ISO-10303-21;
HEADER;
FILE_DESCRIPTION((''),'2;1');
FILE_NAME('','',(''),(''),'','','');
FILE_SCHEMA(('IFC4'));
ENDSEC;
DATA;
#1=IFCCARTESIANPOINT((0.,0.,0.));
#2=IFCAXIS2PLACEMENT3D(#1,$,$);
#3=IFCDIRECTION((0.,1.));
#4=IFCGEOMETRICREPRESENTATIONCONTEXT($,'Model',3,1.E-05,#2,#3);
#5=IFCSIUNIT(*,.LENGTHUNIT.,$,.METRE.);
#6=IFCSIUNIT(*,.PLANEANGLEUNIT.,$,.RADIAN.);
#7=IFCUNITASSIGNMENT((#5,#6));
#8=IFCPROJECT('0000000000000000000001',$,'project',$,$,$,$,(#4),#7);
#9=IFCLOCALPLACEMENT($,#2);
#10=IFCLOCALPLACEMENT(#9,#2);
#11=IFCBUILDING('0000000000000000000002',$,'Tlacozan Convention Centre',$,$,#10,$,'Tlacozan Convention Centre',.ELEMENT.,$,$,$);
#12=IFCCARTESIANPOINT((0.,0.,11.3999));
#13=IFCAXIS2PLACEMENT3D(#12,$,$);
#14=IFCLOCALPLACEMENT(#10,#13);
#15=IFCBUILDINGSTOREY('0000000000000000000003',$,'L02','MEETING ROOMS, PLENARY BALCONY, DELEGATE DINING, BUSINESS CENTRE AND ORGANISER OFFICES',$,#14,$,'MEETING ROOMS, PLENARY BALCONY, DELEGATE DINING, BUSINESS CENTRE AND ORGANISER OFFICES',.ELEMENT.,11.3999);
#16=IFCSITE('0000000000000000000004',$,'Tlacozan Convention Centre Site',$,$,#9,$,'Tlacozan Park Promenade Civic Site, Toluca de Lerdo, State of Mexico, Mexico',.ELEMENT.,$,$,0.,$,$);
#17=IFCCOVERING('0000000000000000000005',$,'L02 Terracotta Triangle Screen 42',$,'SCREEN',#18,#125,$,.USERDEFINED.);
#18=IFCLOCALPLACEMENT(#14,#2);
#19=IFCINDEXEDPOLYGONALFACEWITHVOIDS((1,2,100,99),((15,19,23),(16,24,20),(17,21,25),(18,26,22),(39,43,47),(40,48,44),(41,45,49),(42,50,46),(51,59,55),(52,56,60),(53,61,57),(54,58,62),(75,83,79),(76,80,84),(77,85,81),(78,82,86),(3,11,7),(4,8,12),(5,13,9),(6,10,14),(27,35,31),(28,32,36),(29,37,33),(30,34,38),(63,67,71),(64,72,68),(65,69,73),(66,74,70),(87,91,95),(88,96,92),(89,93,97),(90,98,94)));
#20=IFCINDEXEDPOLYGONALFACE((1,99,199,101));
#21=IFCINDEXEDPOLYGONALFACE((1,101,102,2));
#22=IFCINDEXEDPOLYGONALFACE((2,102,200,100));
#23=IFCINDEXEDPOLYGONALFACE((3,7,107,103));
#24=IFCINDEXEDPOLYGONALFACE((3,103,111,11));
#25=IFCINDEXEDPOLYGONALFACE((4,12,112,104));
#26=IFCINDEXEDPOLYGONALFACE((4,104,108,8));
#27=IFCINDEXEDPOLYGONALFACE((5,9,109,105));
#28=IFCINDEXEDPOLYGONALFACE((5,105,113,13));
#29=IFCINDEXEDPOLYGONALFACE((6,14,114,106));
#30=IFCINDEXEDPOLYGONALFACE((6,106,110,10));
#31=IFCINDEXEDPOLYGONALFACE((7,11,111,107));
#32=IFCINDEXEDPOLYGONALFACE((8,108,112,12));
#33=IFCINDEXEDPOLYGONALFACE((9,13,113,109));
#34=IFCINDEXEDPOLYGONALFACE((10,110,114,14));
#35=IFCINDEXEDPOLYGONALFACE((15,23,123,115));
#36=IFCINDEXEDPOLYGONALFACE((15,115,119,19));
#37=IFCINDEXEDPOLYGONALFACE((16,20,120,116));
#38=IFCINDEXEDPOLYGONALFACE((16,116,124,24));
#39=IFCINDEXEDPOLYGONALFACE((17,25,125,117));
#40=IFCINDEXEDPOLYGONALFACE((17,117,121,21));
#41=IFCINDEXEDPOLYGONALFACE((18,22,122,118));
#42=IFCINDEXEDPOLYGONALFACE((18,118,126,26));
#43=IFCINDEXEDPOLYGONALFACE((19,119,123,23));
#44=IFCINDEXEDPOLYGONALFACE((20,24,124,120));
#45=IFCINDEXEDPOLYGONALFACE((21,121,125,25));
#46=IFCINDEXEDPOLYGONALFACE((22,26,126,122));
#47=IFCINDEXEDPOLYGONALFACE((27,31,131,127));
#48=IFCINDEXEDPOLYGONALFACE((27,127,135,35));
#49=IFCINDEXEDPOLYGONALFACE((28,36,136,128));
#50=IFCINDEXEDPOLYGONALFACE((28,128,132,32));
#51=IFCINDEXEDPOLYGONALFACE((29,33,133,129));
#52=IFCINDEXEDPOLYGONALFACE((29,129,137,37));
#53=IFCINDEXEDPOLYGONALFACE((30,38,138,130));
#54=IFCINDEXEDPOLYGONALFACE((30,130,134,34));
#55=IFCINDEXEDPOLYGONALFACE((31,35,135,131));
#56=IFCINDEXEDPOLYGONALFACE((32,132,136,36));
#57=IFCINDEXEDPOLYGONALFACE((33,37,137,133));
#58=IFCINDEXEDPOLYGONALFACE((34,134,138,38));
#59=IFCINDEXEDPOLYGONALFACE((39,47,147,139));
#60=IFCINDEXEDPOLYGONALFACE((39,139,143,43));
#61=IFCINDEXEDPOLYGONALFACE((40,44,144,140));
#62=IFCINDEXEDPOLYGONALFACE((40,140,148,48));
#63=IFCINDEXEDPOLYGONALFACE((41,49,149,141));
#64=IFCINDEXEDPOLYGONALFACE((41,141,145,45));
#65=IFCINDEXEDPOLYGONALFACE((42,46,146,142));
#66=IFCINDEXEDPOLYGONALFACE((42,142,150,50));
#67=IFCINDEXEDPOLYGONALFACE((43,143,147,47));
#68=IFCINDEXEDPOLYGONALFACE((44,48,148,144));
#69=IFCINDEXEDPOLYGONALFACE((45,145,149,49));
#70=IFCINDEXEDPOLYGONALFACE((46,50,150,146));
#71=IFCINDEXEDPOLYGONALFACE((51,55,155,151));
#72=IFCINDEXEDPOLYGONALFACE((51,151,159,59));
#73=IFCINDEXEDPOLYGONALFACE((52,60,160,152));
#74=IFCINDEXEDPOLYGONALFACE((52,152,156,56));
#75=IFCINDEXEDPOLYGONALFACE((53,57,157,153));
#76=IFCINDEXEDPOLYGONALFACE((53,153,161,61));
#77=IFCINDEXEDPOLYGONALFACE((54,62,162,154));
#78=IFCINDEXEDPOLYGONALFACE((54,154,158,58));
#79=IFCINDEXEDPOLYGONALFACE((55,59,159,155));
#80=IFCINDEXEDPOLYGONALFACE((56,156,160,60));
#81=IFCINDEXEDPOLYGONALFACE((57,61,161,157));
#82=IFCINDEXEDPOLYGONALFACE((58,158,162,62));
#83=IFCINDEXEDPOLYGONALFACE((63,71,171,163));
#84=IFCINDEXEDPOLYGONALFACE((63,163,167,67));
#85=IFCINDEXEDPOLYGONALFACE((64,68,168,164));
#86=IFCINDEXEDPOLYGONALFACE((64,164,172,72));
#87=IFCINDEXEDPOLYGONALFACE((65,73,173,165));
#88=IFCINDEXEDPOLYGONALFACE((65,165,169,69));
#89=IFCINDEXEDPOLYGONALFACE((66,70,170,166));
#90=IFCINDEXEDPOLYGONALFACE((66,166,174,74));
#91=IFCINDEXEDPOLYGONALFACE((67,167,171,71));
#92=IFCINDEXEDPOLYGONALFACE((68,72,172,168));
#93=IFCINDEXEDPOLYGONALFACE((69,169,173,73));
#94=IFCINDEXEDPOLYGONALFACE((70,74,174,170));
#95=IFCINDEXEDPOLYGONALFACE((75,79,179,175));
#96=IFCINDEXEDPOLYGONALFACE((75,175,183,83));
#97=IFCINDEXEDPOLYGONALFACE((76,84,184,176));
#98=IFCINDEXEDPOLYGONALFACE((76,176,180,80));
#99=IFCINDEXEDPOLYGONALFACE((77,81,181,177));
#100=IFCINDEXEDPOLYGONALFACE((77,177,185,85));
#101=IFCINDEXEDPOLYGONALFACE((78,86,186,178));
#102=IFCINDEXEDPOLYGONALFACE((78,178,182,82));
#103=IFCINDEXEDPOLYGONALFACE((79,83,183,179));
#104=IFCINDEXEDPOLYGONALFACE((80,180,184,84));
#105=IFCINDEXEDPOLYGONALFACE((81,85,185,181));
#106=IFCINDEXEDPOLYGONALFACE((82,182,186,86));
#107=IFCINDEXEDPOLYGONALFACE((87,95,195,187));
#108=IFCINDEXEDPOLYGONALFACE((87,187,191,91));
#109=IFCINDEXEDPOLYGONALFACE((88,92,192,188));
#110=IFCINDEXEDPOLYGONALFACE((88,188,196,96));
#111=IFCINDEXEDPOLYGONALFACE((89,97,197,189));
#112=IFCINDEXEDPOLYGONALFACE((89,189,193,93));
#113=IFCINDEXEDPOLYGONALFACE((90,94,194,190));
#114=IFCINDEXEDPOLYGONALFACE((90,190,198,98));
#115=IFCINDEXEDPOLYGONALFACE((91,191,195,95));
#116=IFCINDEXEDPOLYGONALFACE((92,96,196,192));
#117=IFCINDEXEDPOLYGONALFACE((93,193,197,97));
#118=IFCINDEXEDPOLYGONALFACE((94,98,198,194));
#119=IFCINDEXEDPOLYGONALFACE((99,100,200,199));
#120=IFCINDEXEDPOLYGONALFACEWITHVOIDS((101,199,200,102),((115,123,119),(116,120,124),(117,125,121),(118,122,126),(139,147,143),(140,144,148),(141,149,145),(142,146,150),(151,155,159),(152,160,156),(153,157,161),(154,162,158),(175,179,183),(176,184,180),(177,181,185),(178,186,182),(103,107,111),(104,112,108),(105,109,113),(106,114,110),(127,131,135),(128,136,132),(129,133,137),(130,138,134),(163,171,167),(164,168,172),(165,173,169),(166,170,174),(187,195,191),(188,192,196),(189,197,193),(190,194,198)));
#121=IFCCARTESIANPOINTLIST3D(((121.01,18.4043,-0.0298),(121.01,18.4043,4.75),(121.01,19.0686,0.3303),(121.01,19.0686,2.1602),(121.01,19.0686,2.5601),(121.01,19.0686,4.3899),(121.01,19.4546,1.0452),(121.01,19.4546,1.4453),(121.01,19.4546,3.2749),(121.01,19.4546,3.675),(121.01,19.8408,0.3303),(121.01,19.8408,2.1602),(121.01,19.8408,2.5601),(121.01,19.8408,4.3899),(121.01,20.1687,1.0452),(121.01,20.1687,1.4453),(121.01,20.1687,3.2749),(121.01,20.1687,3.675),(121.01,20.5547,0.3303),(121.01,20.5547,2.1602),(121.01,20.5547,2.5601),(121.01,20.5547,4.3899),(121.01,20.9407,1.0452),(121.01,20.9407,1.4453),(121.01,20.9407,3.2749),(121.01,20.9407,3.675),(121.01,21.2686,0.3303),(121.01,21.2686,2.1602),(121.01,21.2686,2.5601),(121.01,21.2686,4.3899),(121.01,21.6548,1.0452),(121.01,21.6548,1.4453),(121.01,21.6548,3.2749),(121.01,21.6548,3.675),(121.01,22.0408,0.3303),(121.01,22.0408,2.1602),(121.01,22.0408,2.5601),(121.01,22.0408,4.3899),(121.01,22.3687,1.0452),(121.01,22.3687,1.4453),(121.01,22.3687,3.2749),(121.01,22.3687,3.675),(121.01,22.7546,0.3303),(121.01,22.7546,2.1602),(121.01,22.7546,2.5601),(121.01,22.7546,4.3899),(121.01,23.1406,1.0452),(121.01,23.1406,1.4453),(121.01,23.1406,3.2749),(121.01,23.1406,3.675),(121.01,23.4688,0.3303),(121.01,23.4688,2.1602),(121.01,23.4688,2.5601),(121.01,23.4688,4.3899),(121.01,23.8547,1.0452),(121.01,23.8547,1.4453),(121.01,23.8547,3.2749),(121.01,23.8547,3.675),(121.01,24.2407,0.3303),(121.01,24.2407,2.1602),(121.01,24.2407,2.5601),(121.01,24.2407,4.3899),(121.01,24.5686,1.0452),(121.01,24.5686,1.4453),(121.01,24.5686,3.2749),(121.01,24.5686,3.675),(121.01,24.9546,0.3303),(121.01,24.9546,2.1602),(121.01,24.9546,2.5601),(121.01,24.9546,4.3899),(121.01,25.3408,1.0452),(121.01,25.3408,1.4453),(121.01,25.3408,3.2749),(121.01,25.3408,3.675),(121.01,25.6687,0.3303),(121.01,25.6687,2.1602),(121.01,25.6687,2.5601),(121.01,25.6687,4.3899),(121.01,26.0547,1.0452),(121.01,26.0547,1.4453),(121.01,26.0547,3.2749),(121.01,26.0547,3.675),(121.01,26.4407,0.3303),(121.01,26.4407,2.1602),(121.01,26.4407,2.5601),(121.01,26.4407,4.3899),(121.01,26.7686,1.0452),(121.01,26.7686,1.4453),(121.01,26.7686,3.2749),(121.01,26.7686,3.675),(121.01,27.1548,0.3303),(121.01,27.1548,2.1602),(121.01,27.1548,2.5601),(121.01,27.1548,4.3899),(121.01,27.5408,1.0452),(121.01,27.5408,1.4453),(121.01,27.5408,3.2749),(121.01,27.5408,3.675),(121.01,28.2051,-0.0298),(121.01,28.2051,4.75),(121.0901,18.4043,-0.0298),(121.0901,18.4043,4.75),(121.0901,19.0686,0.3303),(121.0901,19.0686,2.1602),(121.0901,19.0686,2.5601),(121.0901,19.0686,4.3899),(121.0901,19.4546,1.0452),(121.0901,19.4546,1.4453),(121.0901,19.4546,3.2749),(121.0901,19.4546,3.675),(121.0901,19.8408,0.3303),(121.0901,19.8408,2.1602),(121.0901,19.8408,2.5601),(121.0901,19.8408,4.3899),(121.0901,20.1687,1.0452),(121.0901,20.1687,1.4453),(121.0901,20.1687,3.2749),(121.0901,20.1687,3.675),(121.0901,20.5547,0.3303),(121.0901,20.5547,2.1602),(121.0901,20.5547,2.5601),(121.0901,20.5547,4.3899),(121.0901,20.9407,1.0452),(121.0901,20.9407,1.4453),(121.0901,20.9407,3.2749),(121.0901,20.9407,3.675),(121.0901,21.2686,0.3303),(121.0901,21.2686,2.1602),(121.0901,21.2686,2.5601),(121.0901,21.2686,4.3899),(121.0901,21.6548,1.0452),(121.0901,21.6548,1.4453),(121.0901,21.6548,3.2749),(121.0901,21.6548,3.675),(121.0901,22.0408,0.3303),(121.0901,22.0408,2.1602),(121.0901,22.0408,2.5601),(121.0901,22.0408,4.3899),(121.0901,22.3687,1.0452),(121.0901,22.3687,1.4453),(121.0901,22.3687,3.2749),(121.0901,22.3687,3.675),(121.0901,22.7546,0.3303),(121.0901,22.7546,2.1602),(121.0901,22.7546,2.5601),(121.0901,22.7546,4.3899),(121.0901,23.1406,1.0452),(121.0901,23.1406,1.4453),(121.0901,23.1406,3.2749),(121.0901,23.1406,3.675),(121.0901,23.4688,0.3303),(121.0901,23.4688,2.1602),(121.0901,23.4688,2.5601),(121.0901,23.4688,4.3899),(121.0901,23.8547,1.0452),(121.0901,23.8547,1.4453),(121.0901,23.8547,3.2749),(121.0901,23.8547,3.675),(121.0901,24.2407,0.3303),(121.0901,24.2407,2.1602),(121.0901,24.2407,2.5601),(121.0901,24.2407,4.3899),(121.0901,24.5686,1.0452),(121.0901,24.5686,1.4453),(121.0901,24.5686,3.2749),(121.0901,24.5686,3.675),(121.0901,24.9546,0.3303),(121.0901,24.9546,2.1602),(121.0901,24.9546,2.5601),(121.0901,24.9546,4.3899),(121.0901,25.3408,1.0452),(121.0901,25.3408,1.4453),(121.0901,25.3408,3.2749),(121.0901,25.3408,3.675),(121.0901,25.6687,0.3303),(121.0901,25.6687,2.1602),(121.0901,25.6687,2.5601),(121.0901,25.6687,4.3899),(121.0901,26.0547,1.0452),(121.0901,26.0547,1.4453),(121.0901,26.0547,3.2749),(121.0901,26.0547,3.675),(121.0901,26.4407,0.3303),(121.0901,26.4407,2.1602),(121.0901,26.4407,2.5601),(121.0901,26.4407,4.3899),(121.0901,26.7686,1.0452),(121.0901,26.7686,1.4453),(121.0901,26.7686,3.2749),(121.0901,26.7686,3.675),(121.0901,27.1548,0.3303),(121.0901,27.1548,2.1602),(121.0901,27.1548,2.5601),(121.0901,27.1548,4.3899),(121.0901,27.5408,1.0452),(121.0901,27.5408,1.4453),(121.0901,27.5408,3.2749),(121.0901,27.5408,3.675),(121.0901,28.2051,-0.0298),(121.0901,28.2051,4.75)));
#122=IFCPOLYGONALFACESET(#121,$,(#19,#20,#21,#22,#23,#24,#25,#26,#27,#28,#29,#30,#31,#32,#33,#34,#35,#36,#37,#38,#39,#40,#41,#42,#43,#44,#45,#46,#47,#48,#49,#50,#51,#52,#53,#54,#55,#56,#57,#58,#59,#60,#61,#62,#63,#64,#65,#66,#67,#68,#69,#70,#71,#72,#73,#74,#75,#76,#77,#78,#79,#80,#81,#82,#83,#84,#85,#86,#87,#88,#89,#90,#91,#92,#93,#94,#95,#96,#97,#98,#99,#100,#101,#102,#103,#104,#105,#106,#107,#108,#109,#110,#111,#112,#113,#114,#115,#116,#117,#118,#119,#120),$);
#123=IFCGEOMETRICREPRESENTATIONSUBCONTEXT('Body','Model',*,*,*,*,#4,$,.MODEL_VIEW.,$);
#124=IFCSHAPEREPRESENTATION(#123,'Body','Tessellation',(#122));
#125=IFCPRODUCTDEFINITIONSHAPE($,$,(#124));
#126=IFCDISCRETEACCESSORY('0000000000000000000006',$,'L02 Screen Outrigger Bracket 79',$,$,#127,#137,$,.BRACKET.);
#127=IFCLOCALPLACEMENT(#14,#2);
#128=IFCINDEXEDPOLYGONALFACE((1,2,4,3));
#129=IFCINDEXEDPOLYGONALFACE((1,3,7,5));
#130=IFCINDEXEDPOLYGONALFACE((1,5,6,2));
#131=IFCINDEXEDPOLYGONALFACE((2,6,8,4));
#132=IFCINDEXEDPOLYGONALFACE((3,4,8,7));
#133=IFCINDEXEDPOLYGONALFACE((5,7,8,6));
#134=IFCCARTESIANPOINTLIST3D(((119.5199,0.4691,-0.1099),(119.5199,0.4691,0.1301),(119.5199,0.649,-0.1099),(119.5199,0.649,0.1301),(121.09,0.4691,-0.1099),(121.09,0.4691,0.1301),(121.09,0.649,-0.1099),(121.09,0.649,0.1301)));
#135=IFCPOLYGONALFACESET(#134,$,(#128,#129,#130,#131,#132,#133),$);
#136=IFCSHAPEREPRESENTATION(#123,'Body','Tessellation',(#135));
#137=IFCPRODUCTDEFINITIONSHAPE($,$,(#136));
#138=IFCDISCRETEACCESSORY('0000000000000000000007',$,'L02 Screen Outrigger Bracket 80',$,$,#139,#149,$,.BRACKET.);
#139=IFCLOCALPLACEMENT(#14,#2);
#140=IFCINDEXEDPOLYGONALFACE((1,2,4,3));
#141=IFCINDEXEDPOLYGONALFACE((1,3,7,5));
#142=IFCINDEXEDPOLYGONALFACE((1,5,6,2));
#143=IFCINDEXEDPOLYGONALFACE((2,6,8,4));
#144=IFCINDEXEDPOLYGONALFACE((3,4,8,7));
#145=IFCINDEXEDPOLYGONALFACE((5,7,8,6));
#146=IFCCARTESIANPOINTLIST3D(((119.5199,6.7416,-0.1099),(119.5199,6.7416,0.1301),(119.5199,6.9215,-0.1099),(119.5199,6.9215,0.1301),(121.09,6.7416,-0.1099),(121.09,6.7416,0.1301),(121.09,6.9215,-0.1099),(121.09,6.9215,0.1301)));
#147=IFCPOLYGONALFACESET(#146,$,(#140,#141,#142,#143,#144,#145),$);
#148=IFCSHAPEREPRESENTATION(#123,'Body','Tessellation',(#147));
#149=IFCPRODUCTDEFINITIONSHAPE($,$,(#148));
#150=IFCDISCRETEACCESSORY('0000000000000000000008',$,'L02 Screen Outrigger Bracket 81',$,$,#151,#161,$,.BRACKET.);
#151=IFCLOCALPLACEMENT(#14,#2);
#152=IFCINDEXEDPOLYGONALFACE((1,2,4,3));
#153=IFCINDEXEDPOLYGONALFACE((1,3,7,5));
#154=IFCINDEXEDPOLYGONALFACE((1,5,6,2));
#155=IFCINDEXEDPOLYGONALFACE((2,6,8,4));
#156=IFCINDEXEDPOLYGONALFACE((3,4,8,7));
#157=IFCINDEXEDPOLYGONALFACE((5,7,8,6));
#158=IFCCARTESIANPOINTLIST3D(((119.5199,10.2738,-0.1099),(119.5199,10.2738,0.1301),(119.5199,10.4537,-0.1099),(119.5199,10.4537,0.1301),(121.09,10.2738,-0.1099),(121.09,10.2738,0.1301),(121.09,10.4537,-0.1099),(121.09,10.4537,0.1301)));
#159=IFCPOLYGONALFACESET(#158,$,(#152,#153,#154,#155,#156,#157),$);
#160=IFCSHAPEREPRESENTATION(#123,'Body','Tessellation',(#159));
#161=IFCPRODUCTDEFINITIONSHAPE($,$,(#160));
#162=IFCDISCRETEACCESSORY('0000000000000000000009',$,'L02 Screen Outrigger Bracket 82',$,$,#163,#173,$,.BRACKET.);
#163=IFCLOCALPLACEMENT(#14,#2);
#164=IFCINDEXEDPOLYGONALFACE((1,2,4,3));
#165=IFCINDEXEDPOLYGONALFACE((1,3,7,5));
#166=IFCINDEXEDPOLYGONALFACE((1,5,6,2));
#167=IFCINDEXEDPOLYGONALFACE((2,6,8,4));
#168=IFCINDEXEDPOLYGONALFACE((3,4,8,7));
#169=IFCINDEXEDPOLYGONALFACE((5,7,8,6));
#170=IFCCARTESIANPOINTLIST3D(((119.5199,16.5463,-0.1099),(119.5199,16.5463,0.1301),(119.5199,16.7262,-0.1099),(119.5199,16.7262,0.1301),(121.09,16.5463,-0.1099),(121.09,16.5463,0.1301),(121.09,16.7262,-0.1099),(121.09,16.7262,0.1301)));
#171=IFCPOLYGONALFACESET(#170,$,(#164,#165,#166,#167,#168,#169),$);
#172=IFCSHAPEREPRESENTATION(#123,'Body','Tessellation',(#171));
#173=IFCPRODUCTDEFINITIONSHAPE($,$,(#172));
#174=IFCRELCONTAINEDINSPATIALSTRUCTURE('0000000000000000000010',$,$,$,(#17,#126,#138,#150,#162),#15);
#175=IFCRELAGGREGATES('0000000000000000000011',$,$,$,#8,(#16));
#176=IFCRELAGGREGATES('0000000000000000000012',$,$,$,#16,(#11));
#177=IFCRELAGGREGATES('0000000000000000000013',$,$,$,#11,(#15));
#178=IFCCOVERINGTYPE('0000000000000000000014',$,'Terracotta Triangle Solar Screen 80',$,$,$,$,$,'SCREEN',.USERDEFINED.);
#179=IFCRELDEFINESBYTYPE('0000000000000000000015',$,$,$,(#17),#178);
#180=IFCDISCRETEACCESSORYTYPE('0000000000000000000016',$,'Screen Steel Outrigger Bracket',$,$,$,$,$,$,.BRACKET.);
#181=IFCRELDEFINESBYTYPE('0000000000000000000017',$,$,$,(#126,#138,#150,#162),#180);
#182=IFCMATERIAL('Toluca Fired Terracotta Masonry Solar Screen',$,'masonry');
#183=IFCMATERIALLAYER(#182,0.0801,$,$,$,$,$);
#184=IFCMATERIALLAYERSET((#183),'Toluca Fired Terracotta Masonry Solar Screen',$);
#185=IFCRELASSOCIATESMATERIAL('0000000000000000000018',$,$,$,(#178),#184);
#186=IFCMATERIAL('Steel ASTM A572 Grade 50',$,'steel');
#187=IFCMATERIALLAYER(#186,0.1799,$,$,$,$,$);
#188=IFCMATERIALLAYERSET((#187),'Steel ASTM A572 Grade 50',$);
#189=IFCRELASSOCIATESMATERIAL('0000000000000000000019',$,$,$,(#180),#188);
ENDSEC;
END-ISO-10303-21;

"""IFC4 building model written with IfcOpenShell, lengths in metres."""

from ifc_helpers import new_model, si_unit, direction, frame, origin, origin_2d, place, context, subcontext, project, spatial, polyline, rectangle, outline, extrude, material, layer, layer_set, type_object, element, save


model = new_model("IFC4")

# Units and contexts
model_context = context("Model", 3, precision=1e-05, world=origin(), true_north=direction((0.0, 1.0)))
body_context = subcontext(model_context, "Body", "Model", "MODEL_VIEW")
ifc_project = project(units=[si_unit("LENGTHUNIT", "METRE"), si_unit("PLANEANGLEUNIT", "RADIAN")], contexts=[model_context])

# Site, building, storey
site_placement = place(None, origin())
site = spatial("IfcSite", under=ifc_project, at=site_placement, Name="Tlacozan Convention Centre Site", LongName="Tlacozan Park Promenade Civic Site, Toluca de Lerdo, State of Mexico, Mexico", CompositionType="ELEMENT", RefElevation=0.0)
building_placement = place(site_placement, origin())
building = spatial("IfcBuilding", under=site, at=building_placement, Name="Tlacozan Convention Centre", LongName="Tlacozan Convention Centre", CompositionType="ELEMENT")
storey_placement = place(building_placement, frame((0.0, 0.0, 11.3999)))
storey = spatial("IfcBuildingStorey", under=building, at=storey_placement, Name="L02", Description="MEETING ROOMS, PLENARY BALCONY, DELEGATE DINING, BUSINESS CENTRE AND ORGANISER OFFICES", LongName="MEETING ROOMS, PLENARY BALCONY, DELEGATE DINING, BUSINESS CENTRE AND ORGANISER OFFICES", CompositionType="ELEMENT", Elevation=11.3999)

# Covering
ifc_material_1 = material(Name="Toluca Fired Terracotta Masonry Solar Screen", Category="masonry")
ifc_layer_1 = layer(ifc_material_1, 0.0801)
ifc_layer_set_1 = layer_set([ifc_layer_1], Name="Toluca Fired Terracotta Masonry Solar Screen")
covering_type = type_object("IfcCoveringType", Name="Terracotta Triangle Solar Screen 80", ElementType="SCREEN", PredefinedType="USERDEFINED", material=ifc_layer_set_1)
covering_1_placement = place(storey_placement, frame((121.05, 18.4043, -0.0298), z_axis=(0.0, 0.0, 1.0), x_axis=(0.0, 1.0, 0.0)))
element("IfcCovering", 1, at=covering_1_placement, inside=storey, type_object=covering_type, Name="L02 Terracotta Triangle Screen 42", ObjectType="SCREEN", PredefinedType="USERDEFINED", context=body_context, shape_type="SweptSolid", body=[
    extrude(outline(polyline([(0.0, 0.0), (9.8008, 0.0), (9.8008, 4.7798), (0.0, 4.7798), (0.0, 0.0)]), holes=[polyline([(0.6643, 0.3601), (1.4365, 0.3601), (1.0503, 1.075), (0.6643, 0.3601)]), polyline([(1.7644, 1.075), (2.5364, 1.075), (2.1504, 0.3601), (1.7644, 1.075)]), polyline([(2.8643, 0.3601), (3.6365, 0.3601), (3.2505, 1.075), (2.8643, 0.3601)]), polyline([(3.9644, 1.075), (4.7363, 1.075), (4.3503, 0.3601), (3.9644, 1.075)]), polyline([(5.0645, 0.3601), (5.8364, 0.3601), (5.4504, 1.075), (5.0645, 0.3601)]), polyline([(6.1643, 1.075), (6.9365, 1.075), (6.5503, 0.3601), (6.1643, 1.075)]), polyline([(7.2644, 0.3601), (8.0364, 0.3601), (7.6504, 1.075), (7.2644, 0.3601)]), polyline([(8.3643, 1.075), (9.1365, 1.075), (8.7505, 0.3601), (8.3643, 1.075)]), polyline([(0.6643, 2.1899), (1.4365, 2.1899), (1.0503, 1.4751), (0.6643, 2.1899)]), polyline([(1.7644, 1.4751), (2.5364, 1.4751), (2.1504, 2.1899), (1.7644, 1.4751)]), polyline([(2.8643, 2.1899), (3.6365, 2.1899), (3.2505, 1.4751), (2.8643, 2.1899)]), polyline([(3.9644, 1.4751), (4.7363, 1.4751), (4.3503, 2.1899), (3.9644, 1.4751)]), polyline([(5.0645, 2.1899), (5.8364, 2.1899), (5.4504, 1.4751), (5.0645, 2.1899)]), polyline([(6.1643, 1.4751), (6.9365, 1.4751), (6.5503, 2.1899), (6.1643, 1.4751)]), polyline([(7.2644, 2.1899), (8.0364, 2.1899), (7.6504, 1.4751), (7.2644, 2.1899)]), polyline([(8.3643, 1.4751), (9.1365, 1.4751), (8.7505, 2.1899), (8.3643, 1.4751)]), polyline([(0.6643, 2.5898), (1.4365, 2.5898), (1.0503, 3.3047), (0.6643, 2.5898)]), polyline([(1.7644, 3.3047), (2.5364, 3.3047), (2.1504, 2.5898), (1.7644, 3.3047)]), polyline([(2.8643, 2.5898), (3.6365, 2.5898), (3.2505, 3.3047), (2.8643, 2.5898)]), polyline([(3.9644, 3.3047), (4.7363, 3.3047), (4.3503, 2.5898), (3.9644, 3.3047)]), polyline([(5.0645, 2.5898), (5.8364, 2.5898), (5.4504, 3.3047), (5.0645, 2.5898)]), polyline([(6.1643, 3.3047), (6.9365, 3.3047), (6.5503, 2.5898), (6.1643, 3.3047)]), polyline([(7.2644, 2.5898), (8.0364, 2.5898), (7.6504, 3.3047), (7.2644, 2.5898)]), polyline([(8.3643, 3.3047), (9.1365, 3.3047), (8.7505, 2.5898), (8.3643, 3.3047)]), polyline([(0.6643, 4.4197), (1.4365, 4.4197), (1.0503, 3.7048), (0.6643, 4.4197)]), polyline([(1.7644, 3.7048), (2.5364, 3.7048), (2.1504, 4.4197), (1.7644, 3.7048)]), polyline([(2.8643, 4.4197), (3.6365, 4.4197), (3.2505, 3.7048), (2.8643, 4.4197)]), polyline([(3.9644, 3.7048), (4.7363, 3.7048), (4.3503, 4.4197), (3.9644, 3.7048)]), polyline([(5.0645, 4.4197), (5.8364, 4.4197), (5.4504, 3.7048), (5.0645, 4.4197)]), polyline([(6.1643, 3.7048), (6.9365, 3.7048), (6.5503, 4.4197), (6.1643, 3.7048)]), polyline([(7.2644, 4.4197), (8.0364, 4.4197), (7.6504, 3.7048), (7.2644, 4.4197)]), polyline([(8.3643, 3.7048), (9.1365, 3.7048), (8.7505, 4.4197), (8.3643, 3.7048)])]), frame((0.0, 0.04, 0.0), z_axis=(0.0, -1.0, 0.0), x_axis=(1.0, 0.0, 0.0)), (0.0, 0.0, 1.0), 0.0801),
])

# Discrete accessories
ifc_material_2 = material(Name="Steel ASTM A572 Grade 50", Category="steel")
ifc_layer_2 = layer(ifc_material_2, 0.1799)
ifc_layer_set_2 = layer_set([ifc_layer_2], Name="Steel ASTM A572 Grade 50")
discrete_accessory_type = type_object("IfcDiscreteAccessoryType", Name="Screen Steel Outrigger Bracket", PredefinedType="BRACKET", material=ifc_layer_set_2)
for number, where, z_axis, x_axis, name in (
    (2, (120.3049, 0.5591, -0.1099), (0.0, 0.0, 1.0), (-1.0, 0.0, 0.0), "L02 Screen Outrigger Bracket 79"),
    (3, (120.3049, 6.8315, -0.1099), (0.0, 0.0, 1.0), (-1.0, 0.0, 0.0), "L02 Screen Outrigger Bracket 80"),
    (4, (120.3049, 10.3638, -0.1099), (0.0, 0.0, 1.0), (-1.0, 0.0, 0.0), "L02 Screen Outrigger Bracket 81"),
    (5, (120.3049, 16.6362, -0.1099), (0.0, 0.0, 1.0), (-1.0, 0.0, 0.0), "L02 Screen Outrigger Bracket 82"),
):
    element("IfcDiscreteAccessory", number, at=place(storey_placement, frame(where, z_axis=z_axis, x_axis=x_axis)), inside=storey, type_object=discrete_accessory_type, Name=name, PredefinedType="BRACKET", context=body_context, shape_type="SweptSolid", body=[
        extrude(rectangle(XDim=1.5701, YDim=0.1799, at=origin_2d()), origin(), (0.0, 0.0, 1.0), 0.24),
    ])

save(model, "model.ifc")
